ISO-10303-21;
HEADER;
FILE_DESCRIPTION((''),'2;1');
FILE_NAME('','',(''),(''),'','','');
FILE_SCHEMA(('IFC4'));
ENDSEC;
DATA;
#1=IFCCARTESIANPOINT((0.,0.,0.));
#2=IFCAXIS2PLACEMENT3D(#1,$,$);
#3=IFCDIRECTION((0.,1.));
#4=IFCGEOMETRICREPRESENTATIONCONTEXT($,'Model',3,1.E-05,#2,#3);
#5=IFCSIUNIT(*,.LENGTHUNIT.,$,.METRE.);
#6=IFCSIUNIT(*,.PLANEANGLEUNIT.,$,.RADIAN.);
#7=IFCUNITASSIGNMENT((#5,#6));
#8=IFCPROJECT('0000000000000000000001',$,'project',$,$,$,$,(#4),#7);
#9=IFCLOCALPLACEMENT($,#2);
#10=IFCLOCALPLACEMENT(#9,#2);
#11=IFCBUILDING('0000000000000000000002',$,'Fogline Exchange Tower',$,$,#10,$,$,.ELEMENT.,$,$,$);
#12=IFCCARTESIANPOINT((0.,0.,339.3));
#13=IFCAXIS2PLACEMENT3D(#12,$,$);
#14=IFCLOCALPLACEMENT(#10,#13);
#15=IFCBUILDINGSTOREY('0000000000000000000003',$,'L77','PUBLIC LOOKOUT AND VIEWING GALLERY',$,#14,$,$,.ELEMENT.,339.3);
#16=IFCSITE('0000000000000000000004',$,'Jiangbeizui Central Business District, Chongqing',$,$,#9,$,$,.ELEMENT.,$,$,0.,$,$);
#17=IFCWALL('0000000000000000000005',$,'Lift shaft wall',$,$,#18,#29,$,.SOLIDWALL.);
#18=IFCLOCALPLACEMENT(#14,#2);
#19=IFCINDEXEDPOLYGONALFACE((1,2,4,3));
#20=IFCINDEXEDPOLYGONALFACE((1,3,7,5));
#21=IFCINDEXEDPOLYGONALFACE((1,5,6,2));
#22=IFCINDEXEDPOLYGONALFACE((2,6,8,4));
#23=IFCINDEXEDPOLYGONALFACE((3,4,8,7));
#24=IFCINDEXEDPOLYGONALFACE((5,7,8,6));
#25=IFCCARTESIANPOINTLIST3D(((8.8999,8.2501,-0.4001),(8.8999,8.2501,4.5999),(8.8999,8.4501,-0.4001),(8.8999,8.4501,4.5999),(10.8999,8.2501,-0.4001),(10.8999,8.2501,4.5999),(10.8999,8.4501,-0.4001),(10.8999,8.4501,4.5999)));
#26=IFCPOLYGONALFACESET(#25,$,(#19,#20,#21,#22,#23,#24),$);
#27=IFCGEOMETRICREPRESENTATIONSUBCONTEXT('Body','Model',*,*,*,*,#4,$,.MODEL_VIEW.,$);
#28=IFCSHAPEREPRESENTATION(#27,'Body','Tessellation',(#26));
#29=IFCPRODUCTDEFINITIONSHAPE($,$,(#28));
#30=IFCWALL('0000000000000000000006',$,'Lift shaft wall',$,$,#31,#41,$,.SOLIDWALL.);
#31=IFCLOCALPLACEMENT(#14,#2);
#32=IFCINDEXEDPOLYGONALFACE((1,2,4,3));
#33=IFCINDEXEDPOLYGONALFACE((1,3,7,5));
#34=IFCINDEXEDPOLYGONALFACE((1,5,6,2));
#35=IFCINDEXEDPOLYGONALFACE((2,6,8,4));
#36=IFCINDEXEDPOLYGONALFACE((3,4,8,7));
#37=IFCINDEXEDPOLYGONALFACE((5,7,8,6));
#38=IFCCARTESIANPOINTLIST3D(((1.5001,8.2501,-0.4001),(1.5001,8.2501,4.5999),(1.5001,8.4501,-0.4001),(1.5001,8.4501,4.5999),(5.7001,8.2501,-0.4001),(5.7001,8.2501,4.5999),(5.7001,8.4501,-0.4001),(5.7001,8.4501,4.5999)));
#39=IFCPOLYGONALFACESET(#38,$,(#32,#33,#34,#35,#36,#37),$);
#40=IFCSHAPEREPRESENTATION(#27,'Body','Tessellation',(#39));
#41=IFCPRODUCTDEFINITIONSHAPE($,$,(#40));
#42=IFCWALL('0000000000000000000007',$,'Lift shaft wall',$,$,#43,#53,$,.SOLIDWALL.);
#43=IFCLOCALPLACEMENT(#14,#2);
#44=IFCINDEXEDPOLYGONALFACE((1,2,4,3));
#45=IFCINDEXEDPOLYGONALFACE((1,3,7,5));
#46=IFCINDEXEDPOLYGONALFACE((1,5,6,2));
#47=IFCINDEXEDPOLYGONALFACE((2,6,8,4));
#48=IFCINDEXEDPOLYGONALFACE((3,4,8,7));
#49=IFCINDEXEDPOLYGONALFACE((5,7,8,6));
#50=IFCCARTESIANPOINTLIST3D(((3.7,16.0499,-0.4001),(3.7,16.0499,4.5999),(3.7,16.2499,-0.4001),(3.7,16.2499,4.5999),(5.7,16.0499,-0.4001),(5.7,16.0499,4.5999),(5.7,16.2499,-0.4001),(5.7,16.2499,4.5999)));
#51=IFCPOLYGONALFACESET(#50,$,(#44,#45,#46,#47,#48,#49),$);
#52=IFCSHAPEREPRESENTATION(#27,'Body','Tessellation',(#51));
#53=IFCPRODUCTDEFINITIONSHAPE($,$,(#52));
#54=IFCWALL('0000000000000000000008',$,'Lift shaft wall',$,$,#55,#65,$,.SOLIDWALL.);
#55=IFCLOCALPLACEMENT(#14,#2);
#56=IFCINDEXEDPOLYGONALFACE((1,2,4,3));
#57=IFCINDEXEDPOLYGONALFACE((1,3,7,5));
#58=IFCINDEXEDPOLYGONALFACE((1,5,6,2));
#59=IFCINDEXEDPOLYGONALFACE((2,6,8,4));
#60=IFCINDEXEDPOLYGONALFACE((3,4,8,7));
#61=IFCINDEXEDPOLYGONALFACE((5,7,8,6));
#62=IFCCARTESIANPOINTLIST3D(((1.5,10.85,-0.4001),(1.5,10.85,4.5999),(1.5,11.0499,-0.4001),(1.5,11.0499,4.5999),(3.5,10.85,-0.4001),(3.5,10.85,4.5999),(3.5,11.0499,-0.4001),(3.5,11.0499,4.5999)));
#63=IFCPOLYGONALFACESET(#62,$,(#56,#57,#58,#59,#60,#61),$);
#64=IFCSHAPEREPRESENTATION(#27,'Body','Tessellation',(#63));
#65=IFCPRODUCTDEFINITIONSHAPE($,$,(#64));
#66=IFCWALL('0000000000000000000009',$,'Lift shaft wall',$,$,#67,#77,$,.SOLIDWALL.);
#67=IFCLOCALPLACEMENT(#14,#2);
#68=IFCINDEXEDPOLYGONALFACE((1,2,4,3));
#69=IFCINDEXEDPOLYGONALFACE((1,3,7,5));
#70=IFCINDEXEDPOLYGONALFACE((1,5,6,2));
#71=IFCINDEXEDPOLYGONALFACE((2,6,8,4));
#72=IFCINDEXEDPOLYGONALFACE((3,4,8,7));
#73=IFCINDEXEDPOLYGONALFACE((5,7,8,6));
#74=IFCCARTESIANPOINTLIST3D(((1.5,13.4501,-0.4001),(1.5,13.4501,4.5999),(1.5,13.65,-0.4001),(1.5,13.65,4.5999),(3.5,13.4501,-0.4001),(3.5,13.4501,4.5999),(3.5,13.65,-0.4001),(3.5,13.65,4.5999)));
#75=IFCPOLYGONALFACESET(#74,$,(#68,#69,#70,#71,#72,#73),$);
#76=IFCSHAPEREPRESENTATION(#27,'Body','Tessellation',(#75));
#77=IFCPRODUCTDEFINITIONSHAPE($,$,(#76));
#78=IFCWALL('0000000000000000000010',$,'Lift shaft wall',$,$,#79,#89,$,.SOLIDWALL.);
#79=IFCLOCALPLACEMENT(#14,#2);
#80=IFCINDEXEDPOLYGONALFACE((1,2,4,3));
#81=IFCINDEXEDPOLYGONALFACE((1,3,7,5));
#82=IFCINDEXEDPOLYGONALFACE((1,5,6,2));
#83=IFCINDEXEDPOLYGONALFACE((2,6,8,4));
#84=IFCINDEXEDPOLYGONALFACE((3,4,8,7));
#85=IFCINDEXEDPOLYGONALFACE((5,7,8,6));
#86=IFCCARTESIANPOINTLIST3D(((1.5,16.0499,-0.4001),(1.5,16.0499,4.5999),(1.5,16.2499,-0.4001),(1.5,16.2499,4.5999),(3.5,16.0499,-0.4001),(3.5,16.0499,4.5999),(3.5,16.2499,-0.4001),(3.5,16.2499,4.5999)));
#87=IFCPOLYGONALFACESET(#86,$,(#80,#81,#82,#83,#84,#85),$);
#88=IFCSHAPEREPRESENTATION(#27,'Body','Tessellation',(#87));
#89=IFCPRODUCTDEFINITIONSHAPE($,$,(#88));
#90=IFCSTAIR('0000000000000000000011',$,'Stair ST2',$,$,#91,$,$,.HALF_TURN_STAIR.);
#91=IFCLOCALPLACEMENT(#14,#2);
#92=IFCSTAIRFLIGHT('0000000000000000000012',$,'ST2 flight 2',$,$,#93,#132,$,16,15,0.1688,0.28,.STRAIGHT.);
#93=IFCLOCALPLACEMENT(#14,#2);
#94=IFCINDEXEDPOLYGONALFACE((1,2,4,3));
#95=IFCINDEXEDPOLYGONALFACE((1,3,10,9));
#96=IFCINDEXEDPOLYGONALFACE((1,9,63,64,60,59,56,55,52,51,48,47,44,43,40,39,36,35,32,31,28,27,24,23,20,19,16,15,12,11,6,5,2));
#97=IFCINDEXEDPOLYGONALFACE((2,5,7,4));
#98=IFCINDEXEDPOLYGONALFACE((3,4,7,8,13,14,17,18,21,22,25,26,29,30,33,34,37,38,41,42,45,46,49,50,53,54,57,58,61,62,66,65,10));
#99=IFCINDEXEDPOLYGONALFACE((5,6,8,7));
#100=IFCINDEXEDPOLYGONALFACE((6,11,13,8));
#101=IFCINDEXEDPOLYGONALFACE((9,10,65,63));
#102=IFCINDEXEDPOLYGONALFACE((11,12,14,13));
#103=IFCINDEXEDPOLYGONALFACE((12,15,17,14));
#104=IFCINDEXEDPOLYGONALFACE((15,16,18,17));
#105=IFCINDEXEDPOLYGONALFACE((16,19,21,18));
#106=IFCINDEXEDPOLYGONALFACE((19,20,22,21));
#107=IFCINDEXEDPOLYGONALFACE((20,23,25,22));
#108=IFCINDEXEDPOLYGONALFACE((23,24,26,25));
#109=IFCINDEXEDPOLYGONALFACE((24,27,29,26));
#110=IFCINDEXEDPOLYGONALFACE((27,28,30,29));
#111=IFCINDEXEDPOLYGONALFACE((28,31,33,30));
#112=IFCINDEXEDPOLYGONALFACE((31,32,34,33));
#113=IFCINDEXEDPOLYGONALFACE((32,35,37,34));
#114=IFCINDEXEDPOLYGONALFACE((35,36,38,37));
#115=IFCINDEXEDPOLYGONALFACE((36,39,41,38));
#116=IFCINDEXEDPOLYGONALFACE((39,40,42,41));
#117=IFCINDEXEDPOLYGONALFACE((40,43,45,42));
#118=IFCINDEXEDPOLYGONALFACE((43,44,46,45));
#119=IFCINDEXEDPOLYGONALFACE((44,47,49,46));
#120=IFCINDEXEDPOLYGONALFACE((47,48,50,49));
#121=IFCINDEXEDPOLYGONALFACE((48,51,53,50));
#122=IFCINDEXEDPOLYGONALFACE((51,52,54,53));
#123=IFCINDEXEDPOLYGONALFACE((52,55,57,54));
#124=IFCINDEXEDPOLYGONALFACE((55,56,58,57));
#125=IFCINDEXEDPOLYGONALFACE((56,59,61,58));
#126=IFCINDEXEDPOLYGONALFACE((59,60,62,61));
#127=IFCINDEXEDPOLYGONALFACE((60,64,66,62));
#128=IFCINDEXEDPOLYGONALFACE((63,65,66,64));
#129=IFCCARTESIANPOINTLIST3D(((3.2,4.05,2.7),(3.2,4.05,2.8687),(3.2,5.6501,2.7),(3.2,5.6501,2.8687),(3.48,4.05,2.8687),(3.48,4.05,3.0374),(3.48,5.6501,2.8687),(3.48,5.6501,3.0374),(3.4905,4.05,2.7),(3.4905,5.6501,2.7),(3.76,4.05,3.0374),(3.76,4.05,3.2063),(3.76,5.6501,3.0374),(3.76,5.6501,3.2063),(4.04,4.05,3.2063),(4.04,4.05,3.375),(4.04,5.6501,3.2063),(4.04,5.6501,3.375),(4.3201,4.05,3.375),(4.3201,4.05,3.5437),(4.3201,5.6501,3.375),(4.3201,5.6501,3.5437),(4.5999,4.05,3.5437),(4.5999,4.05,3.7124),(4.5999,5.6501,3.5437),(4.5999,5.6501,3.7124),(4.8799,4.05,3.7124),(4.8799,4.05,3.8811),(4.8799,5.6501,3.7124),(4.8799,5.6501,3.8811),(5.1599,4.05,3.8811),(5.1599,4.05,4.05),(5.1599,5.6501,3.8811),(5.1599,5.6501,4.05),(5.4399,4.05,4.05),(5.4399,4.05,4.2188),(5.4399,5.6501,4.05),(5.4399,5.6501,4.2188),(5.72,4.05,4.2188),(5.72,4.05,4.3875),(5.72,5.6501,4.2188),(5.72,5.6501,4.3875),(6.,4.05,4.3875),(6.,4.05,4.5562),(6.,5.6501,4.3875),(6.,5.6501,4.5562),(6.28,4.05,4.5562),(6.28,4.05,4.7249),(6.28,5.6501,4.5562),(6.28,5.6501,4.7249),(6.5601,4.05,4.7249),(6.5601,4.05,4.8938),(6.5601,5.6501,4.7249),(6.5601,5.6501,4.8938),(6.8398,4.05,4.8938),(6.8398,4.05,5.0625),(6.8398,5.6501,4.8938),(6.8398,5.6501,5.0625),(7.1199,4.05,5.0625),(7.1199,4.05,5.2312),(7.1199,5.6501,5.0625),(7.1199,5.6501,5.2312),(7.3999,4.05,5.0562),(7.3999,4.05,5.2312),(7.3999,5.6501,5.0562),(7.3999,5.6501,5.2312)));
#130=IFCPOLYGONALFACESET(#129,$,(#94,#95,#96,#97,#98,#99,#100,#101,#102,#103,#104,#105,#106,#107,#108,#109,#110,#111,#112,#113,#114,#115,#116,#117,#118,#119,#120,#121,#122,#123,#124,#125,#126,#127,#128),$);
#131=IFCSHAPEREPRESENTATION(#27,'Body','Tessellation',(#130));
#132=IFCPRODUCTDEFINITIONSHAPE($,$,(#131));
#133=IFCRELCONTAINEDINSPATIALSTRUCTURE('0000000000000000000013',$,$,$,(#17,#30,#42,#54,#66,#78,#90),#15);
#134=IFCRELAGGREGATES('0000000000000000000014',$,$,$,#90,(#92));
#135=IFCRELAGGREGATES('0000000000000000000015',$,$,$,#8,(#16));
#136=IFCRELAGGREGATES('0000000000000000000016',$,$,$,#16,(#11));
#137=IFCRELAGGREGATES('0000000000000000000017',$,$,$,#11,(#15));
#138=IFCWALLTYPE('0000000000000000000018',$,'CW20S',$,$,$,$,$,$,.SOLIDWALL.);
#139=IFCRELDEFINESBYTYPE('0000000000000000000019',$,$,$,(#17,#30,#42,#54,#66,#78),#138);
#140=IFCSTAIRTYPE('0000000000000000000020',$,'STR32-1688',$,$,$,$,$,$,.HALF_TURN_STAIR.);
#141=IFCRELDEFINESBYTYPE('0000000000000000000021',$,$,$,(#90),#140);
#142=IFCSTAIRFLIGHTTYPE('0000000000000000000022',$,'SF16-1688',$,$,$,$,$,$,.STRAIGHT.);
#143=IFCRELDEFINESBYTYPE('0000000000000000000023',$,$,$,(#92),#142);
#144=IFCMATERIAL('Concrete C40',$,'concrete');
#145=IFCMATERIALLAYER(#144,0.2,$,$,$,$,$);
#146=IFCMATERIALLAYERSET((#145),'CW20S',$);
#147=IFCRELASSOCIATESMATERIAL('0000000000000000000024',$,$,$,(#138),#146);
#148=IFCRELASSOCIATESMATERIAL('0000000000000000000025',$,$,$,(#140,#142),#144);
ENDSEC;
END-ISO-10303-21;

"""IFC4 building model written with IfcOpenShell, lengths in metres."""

from ifc_helpers import new_model, si_unit, direction, frame, frame_2d, origin, place, context, subcontext, project, spatial, polyline, rectangle, outline, extrude, material, layer, layer_set, type_object, element, aggregate, save


model = new_model("IFC4")

# Units and contexts
model_context = context("Model", 3, precision=1e-05, world=origin(), true_north=direction((0.0, 1.0)))
body_context = subcontext(model_context, "Body", "Model", "MODEL_VIEW")
ifc_project = project(units=[si_unit("LENGTHUNIT", "METRE"), si_unit("PLANEANGLEUNIT", "RADIAN")], contexts=[model_context])

# Site, building, storey
site_placement = place(None, origin())
site = spatial("IfcSite", under=ifc_project, at=site_placement, Name="Jiangbeizui Central Business District, Chongqing", CompositionType="ELEMENT", RefElevation=0.0)
building_placement = place(site_placement, origin())
building = spatial("IfcBuilding", under=site, at=building_placement, Name="Fogline Exchange Tower", CompositionType="ELEMENT")
storey_placement = place(building_placement, frame((0.0, 0.0, 339.3)))
storey = spatial("IfcBuildingStorey", under=building, at=storey_placement, Name="L77", Description="PUBLIC LOOKOUT AND VIEWING GALLERY", CompositionType="ELEMENT", Elevation=339.3)

# Shared definitions
ifc_material_1 = material(Name="Concrete C40", Category="concrete")

# Shared definitions
ifc_layer_1 = layer(ifc_material_1, 0.2)
ifc_layer_set_1 = layer_set([ifc_layer_1], Name="CW20S")
wall_type_1 = type_object("IfcWallType", Name="CW20S", PredefinedType="SOLIDWALL", material=ifc_layer_set_1)

# Walls
wall_1_placement = place(storey_placement, frame((8.8999, 8.3501, -0.4001), z_axis=(0.0, 0.0, 1.0), x_axis=(1.0, 0.0, 0.0)))
element("IfcWall", 1, at=wall_1_placement, inside=storey, type_object=wall_type_1, Name="Lift shaft wall", PredefinedType="SOLIDWALL", context=body_context, shape_type="SweptSolid", body=[
    extrude(rectangle(XDim=2.0, YDim=0.2, at=frame_2d((1.0, 0.0))), origin(), (0.0, 0.0, 1.0), 5.0),
])
wall_2_placement = place(storey_placement, frame((1.5, 8.3501, -0.4001), z_axis=(0.0, 0.0, 1.0), x_axis=(1.0, 0.0, 0.0)))
element("IfcWall", 2, at=wall_2_placement, inside=storey, type_object=wall_type_1, Name="Lift shaft wall", PredefinedType="SOLIDWALL", context=body_context, shape_type="SweptSolid", body=[
    extrude(rectangle(XDim=4.2, YDim=0.2, at=frame_2d((2.1001, 0.0))), origin(), (0.0, 0.0, 1.0), 5.0),
])
for number, where, z_axis, x_axis, name in (
    (3, (3.7, 16.1499, -0.4001), (0.0, 0.0, 1.0), (1.0, 0.0, 0.0), "Lift shaft wall"),
    (4, (1.5, 10.95, -0.4001), (0.0, 0.0, 1.0), (1.0, 0.0, 0.0), "Lift shaft wall"),
    (5, (1.5, 13.55, -0.4001), (0.0, 0.0, 1.0), (1.0, 0.0, 0.0), "Lift shaft wall"),
    (6, (1.5, 16.1499, -0.4001), (0.0, 0.0, 1.0), (1.0, 0.0, 0.0), "Lift shaft wall"),
):
    element("IfcWall", number, at=place(storey_placement, frame(where, z_axis=z_axis, x_axis=x_axis)), inside=storey, type_object=wall_type_1, Name=name, PredefinedType="SOLIDWALL", context=body_context, shape_type="SweptSolid", body=[
        extrude(rectangle(XDim=2.0, YDim=0.2, at=frame_2d((1.0, 0.0))), origin(), (0.0, 0.0, 1.0), 5.0),
    ])

# Stair, stair flight
stair_type = type_object("IfcStairType", Name="STR32-1688", PredefinedType="HALF_TURN_STAIR", material=ifc_material_1)
stair_placement = place(storey_placement, origin())
stair = element("IfcStair", 7, at=stair_placement, inside=storey, type_object=stair_type, Name="Stair ST2", PredefinedType="HALF_TURN_STAIR")
stair_flight_type = type_object("IfcStairFlightType", Name="SF16-1688", PredefinedType="STRAIGHT", material=ifc_material_1)
stair_flight_placement = place(storey_placement, frame((3.2, 4.8501, 2.7), z_axis=(0.0, 0.0, 1.0), x_axis=(1.0, 0.0, 0.0)))
stair_flight = element("IfcStairFlight", 8, at=stair_flight_placement, type_object=stair_flight_type, Name="ST2 flight 2", NumberOfRisers=16, NumberOfTreads=15, PredefinedType="STRAIGHT", RiserHeight=0.1688, TreadLength=0.28, context=body_context, shape_type="SweptSolid", body=[
    extrude(outline(polyline([(0.0, 0.0), (0.0, 0.1687), (0.28, 0.1687), (0.28, 0.3374), (0.5601, 0.3374), (0.5601, 0.5063), (0.8401, 0.5063), (0.8401, 0.675), (1.1201, 0.675), (1.1201, 0.8438), (1.3999, 0.8438), (1.3999, 1.0125), (1.6799, 1.0125), (1.6799, 1.1812), (1.96, 1.1812), (1.96, 1.3501), (2.24, 1.3501), (2.24, 1.5188), (2.52, 1.5188), (2.52, 1.6875), (2.8, 1.6875), (2.8, 1.8562), (3.0801, 1.8562), (3.0801, 2.0249), (3.3601, 2.0249), (3.3601, 2.1938), (3.6399, 2.1938), (3.6399, 2.3625), (3.9199, 2.3625), (3.9199, 2.5312), (4.2, 2.5312), (4.2, 2.7), (4.2, 2.3562), (0.2905, 0.0), (0.0, 0.0)])), frame((0.0, 0.8, 0.0), z_axis=(0.0, -1.0, 0.0), x_axis=(1.0, 0.0, 0.0)), (0.0, 0.0, 1.0), 1.6001),
])
aggregate(stair, [stair_flight])

save(model, "model.ifc")
